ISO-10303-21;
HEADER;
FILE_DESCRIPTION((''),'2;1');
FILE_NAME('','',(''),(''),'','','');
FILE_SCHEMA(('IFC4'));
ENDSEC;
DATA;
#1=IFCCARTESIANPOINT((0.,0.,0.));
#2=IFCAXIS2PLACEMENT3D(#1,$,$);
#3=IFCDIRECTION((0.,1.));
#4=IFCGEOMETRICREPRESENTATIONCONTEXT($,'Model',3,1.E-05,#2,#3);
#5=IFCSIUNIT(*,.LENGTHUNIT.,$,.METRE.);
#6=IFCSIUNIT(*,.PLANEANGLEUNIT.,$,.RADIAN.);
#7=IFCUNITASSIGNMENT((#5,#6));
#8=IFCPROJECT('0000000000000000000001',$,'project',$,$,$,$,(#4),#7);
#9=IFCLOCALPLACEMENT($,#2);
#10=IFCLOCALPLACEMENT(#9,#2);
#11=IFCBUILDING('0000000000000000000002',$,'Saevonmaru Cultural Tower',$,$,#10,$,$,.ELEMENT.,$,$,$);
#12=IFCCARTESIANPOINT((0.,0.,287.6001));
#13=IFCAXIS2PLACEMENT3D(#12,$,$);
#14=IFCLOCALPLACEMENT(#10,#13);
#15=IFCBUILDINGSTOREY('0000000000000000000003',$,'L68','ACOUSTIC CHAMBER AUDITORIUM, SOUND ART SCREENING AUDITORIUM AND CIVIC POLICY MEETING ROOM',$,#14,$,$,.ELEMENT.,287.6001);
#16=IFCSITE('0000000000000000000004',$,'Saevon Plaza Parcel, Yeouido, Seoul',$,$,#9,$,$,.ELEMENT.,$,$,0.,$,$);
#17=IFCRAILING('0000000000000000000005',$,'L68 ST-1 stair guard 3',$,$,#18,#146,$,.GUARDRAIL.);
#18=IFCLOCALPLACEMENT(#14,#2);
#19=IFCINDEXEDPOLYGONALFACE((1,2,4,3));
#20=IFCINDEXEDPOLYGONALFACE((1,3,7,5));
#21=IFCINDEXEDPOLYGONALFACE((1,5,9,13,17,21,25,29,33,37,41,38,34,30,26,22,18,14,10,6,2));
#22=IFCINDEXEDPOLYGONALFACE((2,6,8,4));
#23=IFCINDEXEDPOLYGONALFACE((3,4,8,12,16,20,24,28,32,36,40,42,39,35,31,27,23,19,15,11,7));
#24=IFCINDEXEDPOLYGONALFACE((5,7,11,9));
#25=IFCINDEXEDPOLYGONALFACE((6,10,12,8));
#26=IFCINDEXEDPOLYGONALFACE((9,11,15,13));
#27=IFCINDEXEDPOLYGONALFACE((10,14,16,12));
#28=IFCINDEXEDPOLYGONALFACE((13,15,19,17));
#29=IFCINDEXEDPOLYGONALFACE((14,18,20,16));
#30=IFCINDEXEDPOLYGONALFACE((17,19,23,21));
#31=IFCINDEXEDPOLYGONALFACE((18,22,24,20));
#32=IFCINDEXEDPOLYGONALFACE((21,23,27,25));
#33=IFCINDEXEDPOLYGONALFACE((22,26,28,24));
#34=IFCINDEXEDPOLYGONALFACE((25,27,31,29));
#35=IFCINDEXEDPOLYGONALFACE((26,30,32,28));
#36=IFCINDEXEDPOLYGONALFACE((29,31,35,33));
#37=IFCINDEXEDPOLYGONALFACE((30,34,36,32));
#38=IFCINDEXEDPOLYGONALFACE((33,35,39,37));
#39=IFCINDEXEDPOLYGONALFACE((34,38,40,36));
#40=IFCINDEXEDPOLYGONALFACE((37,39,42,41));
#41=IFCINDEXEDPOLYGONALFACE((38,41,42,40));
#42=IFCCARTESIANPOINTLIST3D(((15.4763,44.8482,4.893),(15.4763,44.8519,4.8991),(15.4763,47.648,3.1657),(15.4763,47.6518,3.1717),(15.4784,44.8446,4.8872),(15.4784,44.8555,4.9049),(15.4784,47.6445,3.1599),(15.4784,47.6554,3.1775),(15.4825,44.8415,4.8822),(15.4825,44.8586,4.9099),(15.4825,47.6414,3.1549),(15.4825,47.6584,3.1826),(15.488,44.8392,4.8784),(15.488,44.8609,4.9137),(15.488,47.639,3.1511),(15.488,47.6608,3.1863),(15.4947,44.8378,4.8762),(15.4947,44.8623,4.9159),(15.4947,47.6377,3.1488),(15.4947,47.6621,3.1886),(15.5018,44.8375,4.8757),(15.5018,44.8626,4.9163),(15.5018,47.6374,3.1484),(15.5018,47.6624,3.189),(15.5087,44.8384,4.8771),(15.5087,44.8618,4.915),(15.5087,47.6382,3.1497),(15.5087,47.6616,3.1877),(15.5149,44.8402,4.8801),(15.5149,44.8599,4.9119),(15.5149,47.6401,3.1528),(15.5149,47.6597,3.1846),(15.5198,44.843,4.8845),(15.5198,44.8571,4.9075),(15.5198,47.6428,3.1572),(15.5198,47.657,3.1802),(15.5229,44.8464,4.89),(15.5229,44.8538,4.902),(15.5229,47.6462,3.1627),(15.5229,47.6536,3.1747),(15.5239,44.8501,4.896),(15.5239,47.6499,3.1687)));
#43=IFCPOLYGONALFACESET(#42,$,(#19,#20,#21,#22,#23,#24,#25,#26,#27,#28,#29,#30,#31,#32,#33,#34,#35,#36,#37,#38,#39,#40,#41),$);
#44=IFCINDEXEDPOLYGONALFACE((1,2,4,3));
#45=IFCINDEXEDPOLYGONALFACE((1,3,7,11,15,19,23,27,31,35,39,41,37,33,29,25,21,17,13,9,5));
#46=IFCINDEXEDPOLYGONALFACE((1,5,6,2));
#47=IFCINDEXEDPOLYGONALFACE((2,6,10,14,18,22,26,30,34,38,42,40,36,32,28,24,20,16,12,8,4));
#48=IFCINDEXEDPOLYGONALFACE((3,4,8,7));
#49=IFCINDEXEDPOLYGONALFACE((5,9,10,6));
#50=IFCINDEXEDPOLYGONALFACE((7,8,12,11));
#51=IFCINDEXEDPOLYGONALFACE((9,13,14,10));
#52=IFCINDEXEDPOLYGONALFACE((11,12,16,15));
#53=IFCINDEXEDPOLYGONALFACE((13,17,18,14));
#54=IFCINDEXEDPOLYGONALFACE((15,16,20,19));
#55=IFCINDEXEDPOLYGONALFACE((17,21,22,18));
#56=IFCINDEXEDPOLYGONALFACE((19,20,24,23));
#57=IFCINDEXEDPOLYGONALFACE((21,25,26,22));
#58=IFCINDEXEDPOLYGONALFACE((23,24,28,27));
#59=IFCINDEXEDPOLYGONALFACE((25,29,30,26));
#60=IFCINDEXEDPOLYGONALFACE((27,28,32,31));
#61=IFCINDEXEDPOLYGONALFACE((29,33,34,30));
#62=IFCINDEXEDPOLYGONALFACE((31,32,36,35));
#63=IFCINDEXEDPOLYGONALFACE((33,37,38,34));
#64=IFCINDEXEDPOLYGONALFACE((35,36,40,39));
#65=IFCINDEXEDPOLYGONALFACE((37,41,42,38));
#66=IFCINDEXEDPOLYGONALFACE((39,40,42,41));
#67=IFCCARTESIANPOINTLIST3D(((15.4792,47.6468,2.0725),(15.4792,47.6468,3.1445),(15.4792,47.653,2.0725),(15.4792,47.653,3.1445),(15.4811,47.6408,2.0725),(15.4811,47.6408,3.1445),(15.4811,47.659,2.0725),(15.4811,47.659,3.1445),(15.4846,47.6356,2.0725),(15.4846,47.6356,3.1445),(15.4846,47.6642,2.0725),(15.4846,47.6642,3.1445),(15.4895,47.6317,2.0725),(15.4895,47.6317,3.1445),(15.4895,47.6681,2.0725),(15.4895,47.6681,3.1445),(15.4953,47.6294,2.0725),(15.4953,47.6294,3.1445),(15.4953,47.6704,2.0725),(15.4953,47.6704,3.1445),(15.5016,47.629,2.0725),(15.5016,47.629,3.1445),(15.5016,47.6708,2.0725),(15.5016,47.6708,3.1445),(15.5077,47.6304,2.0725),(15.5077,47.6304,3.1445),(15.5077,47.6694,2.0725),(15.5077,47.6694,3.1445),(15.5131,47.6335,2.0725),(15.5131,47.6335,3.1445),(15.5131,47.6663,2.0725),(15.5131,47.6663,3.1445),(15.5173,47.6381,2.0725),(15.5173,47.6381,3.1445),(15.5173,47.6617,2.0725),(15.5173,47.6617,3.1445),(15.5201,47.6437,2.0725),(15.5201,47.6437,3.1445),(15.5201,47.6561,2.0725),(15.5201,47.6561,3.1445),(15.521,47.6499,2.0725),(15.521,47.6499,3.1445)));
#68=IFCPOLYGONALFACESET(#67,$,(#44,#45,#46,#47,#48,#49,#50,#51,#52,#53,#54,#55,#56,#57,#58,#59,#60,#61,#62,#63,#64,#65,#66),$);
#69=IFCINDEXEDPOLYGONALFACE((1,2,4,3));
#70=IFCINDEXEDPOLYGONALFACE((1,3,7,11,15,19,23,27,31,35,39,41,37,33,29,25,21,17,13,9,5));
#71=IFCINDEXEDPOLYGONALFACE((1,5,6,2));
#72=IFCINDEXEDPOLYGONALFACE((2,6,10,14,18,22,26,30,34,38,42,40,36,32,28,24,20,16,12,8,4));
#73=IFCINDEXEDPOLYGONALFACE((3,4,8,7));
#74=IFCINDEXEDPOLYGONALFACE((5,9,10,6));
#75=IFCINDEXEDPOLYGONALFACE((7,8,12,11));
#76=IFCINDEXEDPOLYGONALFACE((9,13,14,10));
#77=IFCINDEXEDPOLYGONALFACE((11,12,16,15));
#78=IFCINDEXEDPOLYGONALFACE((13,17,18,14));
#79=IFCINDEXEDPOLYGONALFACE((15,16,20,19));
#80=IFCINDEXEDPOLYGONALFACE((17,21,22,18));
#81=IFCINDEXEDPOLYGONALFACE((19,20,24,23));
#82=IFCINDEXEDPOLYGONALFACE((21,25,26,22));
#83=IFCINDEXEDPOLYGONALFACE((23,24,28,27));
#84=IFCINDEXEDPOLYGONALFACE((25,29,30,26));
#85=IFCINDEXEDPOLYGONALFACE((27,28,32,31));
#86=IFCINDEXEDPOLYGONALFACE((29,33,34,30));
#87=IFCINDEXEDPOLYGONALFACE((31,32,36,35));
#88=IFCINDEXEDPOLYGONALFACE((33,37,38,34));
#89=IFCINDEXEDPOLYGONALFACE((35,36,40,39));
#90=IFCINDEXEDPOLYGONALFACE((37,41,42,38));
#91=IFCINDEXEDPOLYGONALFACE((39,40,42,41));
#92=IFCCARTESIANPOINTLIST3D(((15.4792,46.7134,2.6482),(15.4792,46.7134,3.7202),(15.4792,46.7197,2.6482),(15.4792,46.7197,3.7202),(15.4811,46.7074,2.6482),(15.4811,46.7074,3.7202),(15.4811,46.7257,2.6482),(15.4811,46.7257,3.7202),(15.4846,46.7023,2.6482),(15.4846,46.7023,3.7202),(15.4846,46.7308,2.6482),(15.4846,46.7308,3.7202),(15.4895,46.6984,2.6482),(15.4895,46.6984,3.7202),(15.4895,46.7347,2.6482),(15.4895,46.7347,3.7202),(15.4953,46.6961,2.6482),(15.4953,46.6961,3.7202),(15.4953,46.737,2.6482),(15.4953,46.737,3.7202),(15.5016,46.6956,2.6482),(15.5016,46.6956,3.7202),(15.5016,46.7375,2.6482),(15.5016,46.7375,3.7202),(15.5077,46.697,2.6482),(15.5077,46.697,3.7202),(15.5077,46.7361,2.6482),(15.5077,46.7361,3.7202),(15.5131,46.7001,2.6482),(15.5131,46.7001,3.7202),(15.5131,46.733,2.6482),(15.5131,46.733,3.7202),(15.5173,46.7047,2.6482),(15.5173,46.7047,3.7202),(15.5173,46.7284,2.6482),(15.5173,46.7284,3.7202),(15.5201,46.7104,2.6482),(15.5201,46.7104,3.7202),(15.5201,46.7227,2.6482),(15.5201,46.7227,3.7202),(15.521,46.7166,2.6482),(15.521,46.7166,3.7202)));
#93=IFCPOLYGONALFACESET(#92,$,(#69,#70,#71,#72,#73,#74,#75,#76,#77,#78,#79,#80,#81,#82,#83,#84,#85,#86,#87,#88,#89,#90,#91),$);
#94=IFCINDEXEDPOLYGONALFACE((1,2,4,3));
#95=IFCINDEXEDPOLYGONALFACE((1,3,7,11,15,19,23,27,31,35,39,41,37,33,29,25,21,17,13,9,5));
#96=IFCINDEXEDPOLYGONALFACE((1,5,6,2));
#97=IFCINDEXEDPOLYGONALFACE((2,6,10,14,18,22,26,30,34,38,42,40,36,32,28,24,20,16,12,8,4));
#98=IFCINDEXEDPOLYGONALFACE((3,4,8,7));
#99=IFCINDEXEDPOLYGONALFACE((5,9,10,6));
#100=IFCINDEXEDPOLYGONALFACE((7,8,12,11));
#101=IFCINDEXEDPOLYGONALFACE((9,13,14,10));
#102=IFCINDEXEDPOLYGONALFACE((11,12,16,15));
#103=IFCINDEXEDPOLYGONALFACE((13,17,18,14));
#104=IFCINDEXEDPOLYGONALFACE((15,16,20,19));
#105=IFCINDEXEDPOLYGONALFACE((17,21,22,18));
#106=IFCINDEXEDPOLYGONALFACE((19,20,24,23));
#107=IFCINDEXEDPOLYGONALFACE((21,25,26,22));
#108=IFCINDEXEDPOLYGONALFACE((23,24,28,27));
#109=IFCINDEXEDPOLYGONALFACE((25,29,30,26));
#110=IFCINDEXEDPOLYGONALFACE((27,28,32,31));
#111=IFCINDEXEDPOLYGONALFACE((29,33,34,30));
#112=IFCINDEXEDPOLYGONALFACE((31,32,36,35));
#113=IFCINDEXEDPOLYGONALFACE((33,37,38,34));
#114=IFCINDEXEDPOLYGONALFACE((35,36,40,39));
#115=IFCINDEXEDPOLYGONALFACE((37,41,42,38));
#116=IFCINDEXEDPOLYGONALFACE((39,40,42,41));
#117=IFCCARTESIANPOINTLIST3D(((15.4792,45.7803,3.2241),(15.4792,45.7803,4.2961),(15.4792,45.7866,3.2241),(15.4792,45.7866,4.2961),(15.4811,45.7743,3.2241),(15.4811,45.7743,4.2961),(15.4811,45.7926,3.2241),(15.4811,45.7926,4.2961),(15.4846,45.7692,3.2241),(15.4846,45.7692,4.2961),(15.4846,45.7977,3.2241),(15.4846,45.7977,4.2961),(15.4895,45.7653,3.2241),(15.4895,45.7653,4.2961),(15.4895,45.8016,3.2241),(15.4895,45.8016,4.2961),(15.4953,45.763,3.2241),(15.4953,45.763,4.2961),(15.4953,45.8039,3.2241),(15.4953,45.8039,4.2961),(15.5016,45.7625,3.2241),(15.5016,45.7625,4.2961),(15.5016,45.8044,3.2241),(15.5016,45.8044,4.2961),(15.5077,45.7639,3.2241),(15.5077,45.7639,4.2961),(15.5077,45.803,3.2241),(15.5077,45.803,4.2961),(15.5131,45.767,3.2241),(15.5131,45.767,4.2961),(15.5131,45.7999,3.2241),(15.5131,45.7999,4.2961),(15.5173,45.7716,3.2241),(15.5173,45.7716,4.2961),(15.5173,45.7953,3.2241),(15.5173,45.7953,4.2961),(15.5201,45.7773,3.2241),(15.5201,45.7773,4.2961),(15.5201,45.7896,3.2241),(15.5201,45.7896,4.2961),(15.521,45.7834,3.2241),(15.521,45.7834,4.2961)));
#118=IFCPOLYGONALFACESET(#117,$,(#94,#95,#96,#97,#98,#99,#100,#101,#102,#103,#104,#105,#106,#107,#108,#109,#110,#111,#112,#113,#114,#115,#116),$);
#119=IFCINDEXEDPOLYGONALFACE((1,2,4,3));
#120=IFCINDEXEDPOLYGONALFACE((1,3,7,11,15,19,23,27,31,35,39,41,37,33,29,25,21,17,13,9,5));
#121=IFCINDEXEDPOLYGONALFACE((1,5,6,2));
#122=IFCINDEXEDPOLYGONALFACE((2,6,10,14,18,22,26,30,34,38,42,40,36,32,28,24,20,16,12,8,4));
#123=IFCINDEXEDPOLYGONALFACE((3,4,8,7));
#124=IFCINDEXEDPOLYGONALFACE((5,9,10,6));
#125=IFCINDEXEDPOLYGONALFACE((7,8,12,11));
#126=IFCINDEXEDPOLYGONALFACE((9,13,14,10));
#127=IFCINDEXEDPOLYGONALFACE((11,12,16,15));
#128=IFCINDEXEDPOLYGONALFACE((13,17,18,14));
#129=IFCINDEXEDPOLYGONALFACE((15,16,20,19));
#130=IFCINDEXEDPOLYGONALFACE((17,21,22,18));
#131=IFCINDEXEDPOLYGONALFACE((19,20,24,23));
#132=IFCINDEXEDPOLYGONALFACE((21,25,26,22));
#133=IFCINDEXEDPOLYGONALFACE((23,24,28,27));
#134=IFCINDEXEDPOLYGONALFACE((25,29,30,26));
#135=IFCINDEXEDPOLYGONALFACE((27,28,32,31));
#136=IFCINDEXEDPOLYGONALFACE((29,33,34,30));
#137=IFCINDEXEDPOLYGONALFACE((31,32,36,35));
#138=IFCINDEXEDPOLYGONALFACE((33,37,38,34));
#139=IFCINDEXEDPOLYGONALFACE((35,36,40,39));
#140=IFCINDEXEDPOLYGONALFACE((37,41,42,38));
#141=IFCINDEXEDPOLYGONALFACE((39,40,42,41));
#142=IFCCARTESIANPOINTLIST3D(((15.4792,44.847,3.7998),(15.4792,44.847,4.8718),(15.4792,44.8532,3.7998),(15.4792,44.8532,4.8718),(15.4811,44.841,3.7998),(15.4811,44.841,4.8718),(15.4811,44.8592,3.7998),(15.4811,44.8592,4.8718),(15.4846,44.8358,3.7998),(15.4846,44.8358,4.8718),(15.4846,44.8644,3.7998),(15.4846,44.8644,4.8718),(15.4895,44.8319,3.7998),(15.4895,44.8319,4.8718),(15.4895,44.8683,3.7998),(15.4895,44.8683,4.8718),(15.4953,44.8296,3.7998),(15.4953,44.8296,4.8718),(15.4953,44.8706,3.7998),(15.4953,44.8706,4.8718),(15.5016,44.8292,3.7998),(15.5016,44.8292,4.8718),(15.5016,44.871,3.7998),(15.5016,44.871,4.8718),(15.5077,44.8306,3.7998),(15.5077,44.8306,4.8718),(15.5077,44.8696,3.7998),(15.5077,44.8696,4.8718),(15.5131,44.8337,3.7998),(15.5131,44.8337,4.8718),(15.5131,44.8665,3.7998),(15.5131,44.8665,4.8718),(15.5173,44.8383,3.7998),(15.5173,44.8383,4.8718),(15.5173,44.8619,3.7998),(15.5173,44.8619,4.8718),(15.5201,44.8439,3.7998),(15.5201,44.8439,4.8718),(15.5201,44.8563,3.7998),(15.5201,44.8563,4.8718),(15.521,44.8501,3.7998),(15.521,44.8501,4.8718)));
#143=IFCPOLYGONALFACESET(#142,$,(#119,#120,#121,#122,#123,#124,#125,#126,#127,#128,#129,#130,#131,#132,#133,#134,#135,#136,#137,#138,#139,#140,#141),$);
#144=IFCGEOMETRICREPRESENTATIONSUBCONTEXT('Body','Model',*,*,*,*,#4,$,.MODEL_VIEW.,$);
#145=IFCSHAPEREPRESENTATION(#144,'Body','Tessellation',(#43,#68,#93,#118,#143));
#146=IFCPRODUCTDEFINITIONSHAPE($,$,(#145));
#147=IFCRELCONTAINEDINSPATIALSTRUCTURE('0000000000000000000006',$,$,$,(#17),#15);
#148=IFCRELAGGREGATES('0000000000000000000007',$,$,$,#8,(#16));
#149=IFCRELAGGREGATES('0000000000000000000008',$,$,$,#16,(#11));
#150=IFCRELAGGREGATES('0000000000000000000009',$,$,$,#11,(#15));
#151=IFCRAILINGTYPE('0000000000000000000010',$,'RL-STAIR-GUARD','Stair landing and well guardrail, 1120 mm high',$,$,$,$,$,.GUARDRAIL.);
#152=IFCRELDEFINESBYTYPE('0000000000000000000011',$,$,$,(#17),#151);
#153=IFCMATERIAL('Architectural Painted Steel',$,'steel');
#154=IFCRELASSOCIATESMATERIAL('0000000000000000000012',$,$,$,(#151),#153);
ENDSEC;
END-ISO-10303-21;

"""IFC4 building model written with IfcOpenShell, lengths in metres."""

from ifc_helpers import new_model, si_unit, direction, frame, origin, origin_2d, place, context, subcontext, project, spatial, circle, extrude, material, type_object, element, save


model = new_model("IFC4")

# Units and contexts
model_context = context("Model", 3, precision=1e-05, world=origin(), true_north=direction((0.0, 1.0)))
body_context = subcontext(model_context, "Body", "Model", "MODEL_VIEW")
ifc_project = project(units=[si_unit("LENGTHUNIT", "METRE"), si_unit("PLANEANGLEUNIT", "RADIAN")], contexts=[model_context])

# Site, building, storey
site_placement = place(None, origin())
site = spatial("IfcSite", under=ifc_project, at=site_placement, Name="Saevon Plaza Parcel, Yeouido, Seoul", CompositionType="ELEMENT", RefElevation=0.0)
building_placement = place(site_placement, origin())
building = spatial("IfcBuilding", under=site, at=building_placement, Name="Saevonmaru Cultural Tower", CompositionType="ELEMENT")
storey_placement = place(building_placement, frame((0.0, 0.0, 287.6001)))
storey = spatial("IfcBuildingStorey", under=building, at=storey_placement, Name="L68", Description="ACOUSTIC CHAMBER AUDITORIUM, SOUND ART SCREENING AUDITORIUM AND CIVIC POLICY MEETING ROOM", CompositionType="ELEMENT", Elevation=287.6001)

# Railing
ifc_material_1 = material(Name="Architectural Painted Steel", Category="steel")
railing_type_1 = type_object("IfcRailingType", Name="RL-STAIR-GUARD", Description="Stair landing and well guardrail, 1120 mm high", PredefinedType="GUARDRAIL", material=ifc_material_1)
railing_1_placement = place(storey_placement, frame((15.5, 47.6499, 2.0725)))
element("IfcRailing", 1, at=railing_1_placement, inside=storey, type_object=railing_type_1, Name="L68 ST-1 stair guard 3", PredefinedType="GUARDRAIL", context=body_context, shape_type="SweptSolid", body=[
    extrude(circle(Radius=0.0239, at=origin_2d()), frame((0.0, 0.0, 1.0962), z_axis=(0.0, -0.851069, 0.525054), x_axis=(1.0, 0.0, 0.0)), (0.0, 0.0, 1.0), 3.2898),
    extrude(circle(Radius=0.021, at=origin_2d()), origin(), (0.0, 0.0, 1.0), 1.072),
    extrude(circle(Radius=0.021, at=origin_2d()), frame((0.0, -0.9333, 0.5757)), (0.0, 0.0, 1.0), 1.072),
    extrude(circle(Radius=0.021, at=origin_2d()), frame((0.0, -1.8665, 1.1516)), (0.0, 0.0, 1.0), 1.072),
    extrude(circle(Radius=0.021, at=origin_2d()), frame((0.0, -2.7998, 1.7273)), (0.0, 0.0, 1.0), 1.072),
])

save(model, "model.ifc")
